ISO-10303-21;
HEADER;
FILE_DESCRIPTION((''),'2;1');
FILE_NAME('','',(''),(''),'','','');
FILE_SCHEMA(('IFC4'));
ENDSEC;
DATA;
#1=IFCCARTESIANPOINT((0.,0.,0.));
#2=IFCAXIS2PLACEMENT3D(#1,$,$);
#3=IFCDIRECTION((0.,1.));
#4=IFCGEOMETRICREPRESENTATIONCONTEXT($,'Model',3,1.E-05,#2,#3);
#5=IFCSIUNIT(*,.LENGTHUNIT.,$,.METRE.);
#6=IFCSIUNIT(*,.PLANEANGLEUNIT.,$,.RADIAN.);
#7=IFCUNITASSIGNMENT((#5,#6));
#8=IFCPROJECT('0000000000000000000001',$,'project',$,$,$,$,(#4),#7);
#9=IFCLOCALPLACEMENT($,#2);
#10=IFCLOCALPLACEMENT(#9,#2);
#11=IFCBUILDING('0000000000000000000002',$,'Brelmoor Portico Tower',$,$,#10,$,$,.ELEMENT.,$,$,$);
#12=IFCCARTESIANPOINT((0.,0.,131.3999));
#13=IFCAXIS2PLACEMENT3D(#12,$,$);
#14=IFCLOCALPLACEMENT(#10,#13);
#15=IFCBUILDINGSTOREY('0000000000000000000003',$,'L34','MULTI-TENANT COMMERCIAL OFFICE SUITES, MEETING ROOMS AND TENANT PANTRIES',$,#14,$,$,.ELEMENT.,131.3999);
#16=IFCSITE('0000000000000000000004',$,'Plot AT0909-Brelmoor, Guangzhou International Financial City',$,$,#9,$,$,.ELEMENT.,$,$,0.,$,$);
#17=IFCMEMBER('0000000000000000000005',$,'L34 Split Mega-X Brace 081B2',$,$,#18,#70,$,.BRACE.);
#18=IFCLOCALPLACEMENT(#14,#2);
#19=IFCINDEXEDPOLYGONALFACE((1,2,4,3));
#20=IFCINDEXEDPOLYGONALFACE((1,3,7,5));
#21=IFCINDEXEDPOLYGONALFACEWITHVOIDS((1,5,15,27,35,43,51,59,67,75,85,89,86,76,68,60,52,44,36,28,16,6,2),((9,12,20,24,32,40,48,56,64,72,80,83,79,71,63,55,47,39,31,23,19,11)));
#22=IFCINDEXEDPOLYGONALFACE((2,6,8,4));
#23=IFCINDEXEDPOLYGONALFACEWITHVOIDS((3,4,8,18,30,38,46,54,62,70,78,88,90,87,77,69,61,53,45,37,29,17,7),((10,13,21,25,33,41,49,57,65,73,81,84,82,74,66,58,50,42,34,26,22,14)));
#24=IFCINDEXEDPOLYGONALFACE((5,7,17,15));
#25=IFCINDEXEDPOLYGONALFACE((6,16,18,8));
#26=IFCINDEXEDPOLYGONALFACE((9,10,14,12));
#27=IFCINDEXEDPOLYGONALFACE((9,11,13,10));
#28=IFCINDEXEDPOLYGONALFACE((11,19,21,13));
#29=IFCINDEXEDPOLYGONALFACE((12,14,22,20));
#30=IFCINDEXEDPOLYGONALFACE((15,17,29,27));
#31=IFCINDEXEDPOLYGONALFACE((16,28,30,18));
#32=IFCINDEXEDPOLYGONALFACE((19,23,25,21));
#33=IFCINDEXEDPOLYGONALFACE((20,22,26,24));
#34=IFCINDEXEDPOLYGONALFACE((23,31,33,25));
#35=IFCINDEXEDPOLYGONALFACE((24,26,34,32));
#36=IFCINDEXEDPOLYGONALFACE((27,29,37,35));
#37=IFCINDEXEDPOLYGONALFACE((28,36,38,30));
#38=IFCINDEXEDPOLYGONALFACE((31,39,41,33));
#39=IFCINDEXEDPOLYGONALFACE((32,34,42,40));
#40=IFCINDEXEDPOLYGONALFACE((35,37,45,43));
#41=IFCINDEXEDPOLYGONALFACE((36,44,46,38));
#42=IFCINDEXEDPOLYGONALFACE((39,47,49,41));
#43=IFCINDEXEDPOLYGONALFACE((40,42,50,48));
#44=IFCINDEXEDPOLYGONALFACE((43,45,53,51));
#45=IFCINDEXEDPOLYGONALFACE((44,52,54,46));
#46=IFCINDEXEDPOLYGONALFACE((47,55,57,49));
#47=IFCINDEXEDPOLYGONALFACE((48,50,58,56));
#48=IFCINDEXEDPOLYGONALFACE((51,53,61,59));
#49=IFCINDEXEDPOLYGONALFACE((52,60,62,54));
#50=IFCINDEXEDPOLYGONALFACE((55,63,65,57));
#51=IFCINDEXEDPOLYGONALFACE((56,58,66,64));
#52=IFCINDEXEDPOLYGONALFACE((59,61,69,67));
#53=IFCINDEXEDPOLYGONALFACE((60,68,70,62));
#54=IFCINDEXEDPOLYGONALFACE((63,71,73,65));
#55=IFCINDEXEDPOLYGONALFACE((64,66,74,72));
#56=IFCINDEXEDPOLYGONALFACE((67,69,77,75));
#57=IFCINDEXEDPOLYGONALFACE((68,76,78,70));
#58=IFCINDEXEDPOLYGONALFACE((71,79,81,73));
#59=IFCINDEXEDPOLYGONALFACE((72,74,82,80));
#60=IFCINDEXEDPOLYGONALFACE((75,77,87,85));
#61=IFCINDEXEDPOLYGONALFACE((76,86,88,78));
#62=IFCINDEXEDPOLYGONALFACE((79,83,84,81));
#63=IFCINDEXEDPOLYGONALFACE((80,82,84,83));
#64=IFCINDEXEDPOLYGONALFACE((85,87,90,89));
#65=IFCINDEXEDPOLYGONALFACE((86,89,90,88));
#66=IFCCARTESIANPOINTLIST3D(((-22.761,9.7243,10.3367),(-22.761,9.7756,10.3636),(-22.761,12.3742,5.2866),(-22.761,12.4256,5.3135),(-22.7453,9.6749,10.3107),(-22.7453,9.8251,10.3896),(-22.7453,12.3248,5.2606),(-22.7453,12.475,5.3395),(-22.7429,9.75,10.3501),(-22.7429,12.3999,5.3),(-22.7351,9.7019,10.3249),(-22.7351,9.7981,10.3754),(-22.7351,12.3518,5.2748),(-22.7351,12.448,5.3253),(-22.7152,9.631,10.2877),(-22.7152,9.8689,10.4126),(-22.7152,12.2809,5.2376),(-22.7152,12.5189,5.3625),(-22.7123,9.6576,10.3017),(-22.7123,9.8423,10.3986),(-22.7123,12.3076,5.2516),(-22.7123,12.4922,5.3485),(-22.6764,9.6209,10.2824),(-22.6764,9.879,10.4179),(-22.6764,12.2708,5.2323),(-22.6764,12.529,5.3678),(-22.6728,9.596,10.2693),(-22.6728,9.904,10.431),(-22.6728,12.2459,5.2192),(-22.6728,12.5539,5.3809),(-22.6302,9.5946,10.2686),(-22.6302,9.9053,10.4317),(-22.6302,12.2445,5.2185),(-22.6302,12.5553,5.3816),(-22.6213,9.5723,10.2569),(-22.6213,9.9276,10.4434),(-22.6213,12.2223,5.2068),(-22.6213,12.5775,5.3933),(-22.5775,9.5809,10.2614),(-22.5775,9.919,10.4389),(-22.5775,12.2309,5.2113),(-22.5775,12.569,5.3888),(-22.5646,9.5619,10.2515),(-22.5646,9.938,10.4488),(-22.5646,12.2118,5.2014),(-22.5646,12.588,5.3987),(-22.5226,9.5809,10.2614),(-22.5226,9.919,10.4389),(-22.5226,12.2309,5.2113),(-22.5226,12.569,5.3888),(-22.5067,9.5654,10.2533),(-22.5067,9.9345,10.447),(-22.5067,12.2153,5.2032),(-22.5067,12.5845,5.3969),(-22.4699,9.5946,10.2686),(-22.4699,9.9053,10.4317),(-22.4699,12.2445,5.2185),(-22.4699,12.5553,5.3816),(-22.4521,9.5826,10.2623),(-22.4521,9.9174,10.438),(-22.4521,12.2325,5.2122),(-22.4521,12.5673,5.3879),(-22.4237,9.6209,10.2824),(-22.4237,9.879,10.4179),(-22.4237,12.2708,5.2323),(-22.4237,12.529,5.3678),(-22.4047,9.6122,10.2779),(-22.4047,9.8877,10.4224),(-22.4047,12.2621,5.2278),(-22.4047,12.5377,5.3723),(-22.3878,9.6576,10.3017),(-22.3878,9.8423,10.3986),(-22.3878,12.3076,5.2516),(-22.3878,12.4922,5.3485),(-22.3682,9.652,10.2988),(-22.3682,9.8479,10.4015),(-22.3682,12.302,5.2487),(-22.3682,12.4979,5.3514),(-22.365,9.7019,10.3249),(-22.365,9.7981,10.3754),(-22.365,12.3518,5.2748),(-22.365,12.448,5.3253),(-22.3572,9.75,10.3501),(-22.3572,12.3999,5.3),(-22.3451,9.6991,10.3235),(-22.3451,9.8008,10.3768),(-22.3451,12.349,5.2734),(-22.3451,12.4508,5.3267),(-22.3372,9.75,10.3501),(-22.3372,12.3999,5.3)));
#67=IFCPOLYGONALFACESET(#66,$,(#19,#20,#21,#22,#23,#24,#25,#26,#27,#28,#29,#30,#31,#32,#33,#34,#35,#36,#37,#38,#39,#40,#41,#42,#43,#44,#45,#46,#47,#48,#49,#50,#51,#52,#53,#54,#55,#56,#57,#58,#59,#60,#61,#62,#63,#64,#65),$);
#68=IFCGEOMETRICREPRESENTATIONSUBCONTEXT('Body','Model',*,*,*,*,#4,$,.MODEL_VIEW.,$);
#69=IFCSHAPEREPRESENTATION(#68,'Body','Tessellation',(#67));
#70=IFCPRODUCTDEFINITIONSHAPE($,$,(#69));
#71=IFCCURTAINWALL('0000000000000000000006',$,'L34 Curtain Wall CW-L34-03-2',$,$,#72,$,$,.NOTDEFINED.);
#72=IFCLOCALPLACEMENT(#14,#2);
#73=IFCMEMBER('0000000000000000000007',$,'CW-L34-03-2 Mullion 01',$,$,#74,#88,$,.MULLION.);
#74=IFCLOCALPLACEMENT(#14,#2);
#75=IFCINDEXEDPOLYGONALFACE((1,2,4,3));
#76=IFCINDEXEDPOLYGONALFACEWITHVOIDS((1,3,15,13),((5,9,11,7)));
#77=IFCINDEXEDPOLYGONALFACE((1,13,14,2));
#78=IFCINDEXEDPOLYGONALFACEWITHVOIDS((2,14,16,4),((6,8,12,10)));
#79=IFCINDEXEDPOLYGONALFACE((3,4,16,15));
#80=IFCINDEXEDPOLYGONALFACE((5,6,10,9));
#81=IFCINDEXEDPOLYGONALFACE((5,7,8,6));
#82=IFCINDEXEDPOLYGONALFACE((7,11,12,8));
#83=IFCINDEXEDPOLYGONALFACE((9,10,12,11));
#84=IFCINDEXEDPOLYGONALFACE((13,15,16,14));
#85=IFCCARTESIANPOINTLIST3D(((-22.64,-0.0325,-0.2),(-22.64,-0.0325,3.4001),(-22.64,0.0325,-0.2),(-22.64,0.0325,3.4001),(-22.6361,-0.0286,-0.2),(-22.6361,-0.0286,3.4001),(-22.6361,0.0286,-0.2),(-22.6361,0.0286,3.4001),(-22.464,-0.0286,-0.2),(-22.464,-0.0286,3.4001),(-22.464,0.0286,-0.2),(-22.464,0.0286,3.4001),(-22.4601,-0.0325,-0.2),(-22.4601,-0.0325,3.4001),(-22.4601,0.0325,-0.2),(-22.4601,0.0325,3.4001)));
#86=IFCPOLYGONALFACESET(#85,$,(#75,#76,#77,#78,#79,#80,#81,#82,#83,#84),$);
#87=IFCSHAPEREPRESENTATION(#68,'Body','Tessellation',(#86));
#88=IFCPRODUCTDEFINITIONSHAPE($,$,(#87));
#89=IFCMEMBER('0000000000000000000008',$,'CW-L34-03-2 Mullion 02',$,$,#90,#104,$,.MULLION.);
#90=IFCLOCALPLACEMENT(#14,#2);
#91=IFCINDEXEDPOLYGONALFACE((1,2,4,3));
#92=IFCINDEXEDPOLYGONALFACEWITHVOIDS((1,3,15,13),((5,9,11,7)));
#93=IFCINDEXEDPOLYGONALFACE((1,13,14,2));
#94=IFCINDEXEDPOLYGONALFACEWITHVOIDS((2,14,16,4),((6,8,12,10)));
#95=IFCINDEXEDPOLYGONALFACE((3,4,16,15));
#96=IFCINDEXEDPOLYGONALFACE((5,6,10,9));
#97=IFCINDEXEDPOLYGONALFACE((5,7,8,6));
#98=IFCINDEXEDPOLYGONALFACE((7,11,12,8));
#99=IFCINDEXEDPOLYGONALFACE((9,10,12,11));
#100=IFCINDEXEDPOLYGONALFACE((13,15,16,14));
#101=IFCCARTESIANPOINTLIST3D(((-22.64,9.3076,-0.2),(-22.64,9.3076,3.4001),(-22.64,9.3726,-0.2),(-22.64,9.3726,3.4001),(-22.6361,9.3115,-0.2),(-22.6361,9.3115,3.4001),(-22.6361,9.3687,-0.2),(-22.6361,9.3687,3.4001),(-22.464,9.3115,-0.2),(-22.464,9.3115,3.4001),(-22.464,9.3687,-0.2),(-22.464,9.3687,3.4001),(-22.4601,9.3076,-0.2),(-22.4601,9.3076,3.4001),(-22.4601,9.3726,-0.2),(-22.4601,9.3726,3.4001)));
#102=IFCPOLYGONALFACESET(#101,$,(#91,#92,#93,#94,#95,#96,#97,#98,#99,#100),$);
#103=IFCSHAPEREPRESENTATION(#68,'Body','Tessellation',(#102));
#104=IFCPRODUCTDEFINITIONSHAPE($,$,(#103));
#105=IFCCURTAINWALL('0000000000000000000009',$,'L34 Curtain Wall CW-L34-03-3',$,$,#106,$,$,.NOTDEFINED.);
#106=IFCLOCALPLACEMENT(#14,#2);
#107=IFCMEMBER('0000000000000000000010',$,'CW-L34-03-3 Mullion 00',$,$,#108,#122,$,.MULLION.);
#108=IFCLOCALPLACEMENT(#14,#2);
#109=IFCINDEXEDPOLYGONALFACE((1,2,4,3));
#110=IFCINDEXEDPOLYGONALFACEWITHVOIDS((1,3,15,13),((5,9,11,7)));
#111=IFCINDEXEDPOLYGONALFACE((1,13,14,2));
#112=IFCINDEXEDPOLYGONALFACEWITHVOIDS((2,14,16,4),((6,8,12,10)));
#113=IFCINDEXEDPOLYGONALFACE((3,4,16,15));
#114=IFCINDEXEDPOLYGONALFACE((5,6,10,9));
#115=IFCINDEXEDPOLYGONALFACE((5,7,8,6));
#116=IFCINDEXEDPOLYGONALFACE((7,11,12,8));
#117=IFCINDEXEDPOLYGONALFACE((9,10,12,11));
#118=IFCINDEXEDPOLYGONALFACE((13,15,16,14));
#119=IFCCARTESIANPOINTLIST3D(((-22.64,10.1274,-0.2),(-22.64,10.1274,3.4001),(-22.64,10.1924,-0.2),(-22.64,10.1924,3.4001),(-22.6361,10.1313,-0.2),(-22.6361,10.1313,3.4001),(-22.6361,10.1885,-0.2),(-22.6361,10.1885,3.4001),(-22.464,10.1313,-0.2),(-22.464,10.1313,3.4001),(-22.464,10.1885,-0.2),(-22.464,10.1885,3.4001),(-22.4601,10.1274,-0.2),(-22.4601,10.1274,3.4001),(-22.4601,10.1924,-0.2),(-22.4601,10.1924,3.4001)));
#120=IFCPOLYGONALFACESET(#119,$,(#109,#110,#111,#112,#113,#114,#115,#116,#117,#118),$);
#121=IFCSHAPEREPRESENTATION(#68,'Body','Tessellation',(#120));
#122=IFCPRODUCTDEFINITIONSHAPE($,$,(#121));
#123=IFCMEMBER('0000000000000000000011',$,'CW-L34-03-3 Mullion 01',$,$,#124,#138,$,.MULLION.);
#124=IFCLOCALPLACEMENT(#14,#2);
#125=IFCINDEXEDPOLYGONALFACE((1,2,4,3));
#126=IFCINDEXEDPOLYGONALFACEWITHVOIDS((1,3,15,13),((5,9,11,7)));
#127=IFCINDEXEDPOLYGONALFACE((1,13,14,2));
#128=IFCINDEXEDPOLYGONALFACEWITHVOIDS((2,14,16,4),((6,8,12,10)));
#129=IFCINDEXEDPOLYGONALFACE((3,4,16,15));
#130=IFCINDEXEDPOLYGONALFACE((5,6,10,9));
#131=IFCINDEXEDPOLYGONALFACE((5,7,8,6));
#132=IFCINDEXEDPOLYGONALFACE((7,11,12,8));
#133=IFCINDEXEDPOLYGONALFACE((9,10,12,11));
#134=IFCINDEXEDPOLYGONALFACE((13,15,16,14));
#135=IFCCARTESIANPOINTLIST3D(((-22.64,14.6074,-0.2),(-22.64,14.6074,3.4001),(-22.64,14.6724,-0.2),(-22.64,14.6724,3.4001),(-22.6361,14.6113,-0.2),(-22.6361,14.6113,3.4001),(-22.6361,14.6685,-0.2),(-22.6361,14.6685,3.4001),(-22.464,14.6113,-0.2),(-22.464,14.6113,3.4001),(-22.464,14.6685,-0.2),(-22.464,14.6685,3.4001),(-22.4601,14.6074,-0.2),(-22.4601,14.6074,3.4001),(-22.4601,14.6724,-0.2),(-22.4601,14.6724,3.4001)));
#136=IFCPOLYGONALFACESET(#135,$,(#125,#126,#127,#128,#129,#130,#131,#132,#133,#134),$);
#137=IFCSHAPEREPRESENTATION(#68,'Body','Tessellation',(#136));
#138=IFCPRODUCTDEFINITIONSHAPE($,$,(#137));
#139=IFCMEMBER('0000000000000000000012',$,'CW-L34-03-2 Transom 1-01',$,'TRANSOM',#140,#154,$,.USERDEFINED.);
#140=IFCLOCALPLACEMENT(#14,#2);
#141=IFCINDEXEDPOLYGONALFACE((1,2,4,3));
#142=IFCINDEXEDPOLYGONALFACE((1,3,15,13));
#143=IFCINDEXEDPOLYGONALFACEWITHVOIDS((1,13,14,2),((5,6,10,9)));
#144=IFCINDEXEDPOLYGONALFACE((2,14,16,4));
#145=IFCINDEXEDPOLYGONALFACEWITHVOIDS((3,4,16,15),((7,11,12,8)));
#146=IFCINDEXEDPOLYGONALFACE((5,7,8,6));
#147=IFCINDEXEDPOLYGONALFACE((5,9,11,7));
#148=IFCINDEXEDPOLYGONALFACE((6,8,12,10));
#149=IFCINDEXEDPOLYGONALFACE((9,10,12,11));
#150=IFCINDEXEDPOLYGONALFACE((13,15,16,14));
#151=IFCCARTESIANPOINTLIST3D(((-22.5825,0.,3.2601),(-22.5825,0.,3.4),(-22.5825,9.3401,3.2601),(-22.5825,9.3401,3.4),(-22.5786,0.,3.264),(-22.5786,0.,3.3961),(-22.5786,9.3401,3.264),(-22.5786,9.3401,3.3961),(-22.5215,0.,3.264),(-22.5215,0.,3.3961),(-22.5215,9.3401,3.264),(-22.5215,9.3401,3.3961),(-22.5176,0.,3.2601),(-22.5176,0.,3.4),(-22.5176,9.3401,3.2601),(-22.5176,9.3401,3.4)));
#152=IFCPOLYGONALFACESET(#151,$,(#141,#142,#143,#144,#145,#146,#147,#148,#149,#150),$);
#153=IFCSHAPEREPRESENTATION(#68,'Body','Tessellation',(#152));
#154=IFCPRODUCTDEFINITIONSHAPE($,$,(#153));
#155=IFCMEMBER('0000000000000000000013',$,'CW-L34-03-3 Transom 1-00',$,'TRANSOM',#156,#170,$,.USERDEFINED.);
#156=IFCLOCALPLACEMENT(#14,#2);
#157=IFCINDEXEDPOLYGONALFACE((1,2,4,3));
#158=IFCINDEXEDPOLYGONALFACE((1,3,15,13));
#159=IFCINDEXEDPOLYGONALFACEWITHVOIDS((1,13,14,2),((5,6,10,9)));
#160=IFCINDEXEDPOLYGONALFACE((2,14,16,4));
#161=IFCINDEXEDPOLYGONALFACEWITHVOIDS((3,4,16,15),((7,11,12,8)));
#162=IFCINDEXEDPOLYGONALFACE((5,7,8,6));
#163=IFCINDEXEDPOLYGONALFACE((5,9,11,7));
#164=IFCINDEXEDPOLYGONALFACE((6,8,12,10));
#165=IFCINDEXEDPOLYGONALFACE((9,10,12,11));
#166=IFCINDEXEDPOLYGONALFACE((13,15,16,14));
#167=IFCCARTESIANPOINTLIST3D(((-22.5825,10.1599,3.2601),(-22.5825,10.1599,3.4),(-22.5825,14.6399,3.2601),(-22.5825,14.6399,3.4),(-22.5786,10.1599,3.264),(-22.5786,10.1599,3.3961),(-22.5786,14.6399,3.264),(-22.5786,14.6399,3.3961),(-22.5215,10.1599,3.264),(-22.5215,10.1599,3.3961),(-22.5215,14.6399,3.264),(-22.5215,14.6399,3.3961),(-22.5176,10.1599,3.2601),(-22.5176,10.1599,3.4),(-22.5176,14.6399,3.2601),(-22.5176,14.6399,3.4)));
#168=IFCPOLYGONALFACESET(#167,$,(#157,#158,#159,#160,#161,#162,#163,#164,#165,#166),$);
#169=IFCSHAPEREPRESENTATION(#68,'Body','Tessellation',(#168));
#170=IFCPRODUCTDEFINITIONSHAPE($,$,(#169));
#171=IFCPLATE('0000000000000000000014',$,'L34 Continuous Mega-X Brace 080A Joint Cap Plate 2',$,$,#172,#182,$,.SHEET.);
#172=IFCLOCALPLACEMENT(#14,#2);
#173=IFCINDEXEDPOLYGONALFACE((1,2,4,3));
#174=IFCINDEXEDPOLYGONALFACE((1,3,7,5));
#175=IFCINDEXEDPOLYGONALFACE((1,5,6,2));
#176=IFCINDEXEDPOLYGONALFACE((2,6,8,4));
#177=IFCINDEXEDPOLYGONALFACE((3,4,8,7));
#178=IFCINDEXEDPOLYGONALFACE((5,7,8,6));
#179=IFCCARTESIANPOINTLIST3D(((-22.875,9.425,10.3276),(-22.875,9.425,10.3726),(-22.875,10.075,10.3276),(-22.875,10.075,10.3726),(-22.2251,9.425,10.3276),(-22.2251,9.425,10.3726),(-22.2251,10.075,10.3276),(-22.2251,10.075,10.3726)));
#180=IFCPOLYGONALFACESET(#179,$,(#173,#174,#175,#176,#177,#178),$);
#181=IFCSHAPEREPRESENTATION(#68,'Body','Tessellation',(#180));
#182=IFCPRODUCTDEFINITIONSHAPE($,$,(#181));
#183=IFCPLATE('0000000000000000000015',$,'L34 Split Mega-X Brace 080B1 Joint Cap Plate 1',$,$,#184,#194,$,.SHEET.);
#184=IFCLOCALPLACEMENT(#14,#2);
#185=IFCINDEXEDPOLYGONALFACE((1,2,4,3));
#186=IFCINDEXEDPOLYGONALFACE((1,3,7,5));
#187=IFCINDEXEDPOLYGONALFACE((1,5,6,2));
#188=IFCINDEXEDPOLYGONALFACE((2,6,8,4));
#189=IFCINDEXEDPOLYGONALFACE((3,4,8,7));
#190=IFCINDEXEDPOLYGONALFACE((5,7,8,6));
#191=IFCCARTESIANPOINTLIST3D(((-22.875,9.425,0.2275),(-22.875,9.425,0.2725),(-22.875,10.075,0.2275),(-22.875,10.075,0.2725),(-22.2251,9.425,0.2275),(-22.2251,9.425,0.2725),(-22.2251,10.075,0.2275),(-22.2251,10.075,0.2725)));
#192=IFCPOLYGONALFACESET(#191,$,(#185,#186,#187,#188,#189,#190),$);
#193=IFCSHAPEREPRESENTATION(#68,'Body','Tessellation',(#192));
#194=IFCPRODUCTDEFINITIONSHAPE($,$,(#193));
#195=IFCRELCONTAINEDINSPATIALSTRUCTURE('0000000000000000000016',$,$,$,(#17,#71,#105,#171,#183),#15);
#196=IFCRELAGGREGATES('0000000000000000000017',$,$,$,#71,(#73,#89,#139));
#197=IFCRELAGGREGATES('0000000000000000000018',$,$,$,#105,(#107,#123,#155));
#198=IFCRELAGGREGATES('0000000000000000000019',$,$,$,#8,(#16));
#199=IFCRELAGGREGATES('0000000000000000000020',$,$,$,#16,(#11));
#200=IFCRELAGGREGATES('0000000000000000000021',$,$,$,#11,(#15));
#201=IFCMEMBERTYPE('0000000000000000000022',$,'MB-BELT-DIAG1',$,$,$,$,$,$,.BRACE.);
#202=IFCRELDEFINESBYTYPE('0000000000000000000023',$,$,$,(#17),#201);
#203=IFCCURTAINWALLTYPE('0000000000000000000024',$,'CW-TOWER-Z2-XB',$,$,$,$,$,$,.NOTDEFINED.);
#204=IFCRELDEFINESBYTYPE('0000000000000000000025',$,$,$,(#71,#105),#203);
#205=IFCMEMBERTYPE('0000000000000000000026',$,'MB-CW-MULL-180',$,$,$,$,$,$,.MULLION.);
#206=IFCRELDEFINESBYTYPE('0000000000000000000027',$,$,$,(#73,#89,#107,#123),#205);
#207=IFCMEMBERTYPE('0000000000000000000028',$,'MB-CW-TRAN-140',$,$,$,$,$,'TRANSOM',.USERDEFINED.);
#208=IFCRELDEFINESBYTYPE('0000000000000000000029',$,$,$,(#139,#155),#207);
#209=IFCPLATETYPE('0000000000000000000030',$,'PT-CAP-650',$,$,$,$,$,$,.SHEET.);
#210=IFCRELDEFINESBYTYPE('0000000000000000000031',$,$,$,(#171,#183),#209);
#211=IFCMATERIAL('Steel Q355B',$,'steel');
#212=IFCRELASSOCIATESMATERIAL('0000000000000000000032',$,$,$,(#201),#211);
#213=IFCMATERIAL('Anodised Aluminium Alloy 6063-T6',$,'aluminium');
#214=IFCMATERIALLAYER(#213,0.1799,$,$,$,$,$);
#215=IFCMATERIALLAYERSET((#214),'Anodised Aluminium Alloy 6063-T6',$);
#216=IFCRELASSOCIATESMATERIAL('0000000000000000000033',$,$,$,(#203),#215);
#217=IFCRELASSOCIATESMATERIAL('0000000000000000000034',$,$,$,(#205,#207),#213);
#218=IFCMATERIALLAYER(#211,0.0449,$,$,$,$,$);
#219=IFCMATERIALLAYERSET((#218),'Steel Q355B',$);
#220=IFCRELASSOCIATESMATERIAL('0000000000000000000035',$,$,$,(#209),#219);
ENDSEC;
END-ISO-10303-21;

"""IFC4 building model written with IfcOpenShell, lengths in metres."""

from ifc_helpers import new_model, si_unit, direction, frame, origin, origin_2d, place, context, subcontext, project, spatial, rectangle, hollow_rectangle, hollow_circle, extrude, material, layer, layer_set, material_profile, profile_set, type_object, element, aggregate, save


model = new_model("IFC4")

# Units and contexts
model_context = context("Model", 3, precision=1e-05, world=origin(), true_north=direction((0.0, 1.0)))
body_context = subcontext(model_context, "Body", "Model", "MODEL_VIEW")
ifc_project = project(units=[si_unit("LENGTHUNIT", "METRE"), si_unit("PLANEANGLEUNIT", "RADIAN")], contexts=[model_context])

# Site, building, storey
site_placement = place(None, origin())
site = spatial("IfcSite", under=ifc_project, at=site_placement, Name="Plot AT0909-Brelmoor, Guangzhou International Financial City", CompositionType="ELEMENT", RefElevation=0.0)
building_placement = place(site_placement, origin())
building = spatial("IfcBuilding", under=site, at=building_placement, Name="Brelmoor Portico Tower", CompositionType="ELEMENT")
storey_placement = place(building_placement, frame((0.0, 0.0, 131.3999)))
storey = spatial("IfcBuildingStorey", under=building, at=storey_placement, Name="L34", Description="MULTI-TENANT COMMERCIAL OFFICE SUITES, MEETING ROOMS AND TENANT PANTRIES", CompositionType="ELEMENT", Elevation=131.3999)

# Shared definitions
ifc_material_1 = material(Name="Steel Q355B", Category="steel")

# Member
ifc_material_profile_1 = material_profile(ifc_material_1, hollow_circle(Radius=0.2129, WallThickness=0.02, at=origin_2d()), Name="CHS 426x20")
ifc_profile_set_1 = profile_set([ifc_material_profile_1], Name="Steel Q355B")
member_type_1 = type_object("IfcMemberType", Name="MB-BELT-DIAG1", PredefinedType="BRACE", material=ifc_profile_set_1)
member_1_placement = place(storey_placement, frame((-22.55, 12.3999, 5.3), z_axis=(0.0, -0.464645, 0.885497), x_axis=(1.0, 0.0, 0.0)))
element("IfcMember", 1, at=member_1_placement, inside=storey, type_object=member_type_1, Name="L34 Split Mega-X Brace 081B2", PredefinedType="BRACE", context=body_context, shape_type="SweptSolid", body=[
    extrude(hollow_circle(Radius=0.2129, WallThickness=0.02, at=origin_2d()), origin(), (0.0, 0.0, 1.0), 5.7031),
])

# Curtain walls, members
ifc_material_2 = material(Name="Anodised Aluminium Alloy 6063-T6", Category="aluminium")
ifc_layer_1 = layer(ifc_material_2, 0.1799)
ifc_layer_set_1 = layer_set([ifc_layer_1], Name="Anodised Aluminium Alloy 6063-T6")
curtain_wall_type = type_object("IfcCurtainWallType", Name="CW-TOWER-Z2-XB", PredefinedType="NOTDEFINED", material=ifc_layer_set_1)
curtain_wall_1_placement = place(storey_placement, origin())
curtain_wall_1 = element("IfcCurtainWall", 2, at=curtain_wall_1_placement, inside=storey, type_object=curtain_wall_type, Name="L34 Curtain Wall CW-L34-03-2", PredefinedType="NOTDEFINED")
ifc_material_profile_2 = material_profile(ifc_material_2, hollow_rectangle(XDim=0.0649, YDim=0.1799, WallThickness=0.0039, at=origin_2d()), Name="ALU MULLION 65x180")
ifc_profile_set_2 = profile_set([ifc_material_profile_2], Name="Anodised Aluminium Alloy 6063-T6")
member_type_2 = type_object("IfcMemberType", Name="MB-CW-MULL-180", PredefinedType="MULLION", material=ifc_profile_set_2)
member_2_placement = place(storey_placement, frame((-22.55, 0.0, -0.2), z_axis=(0.0, 0.0, 1.0), x_axis=(0.0, 1.0, 0.0)))
member_2 = element("IfcMember", 3, at=member_2_placement, type_object=member_type_2, Name="CW-L34-03-2 Mullion 01", PredefinedType="MULLION", context=body_context, shape_type="SweptSolid", body=[
    extrude(hollow_rectangle(XDim=0.0649, YDim=0.1799, WallThickness=0.0039, at=origin_2d()), origin(), (0.0, 0.0, 1.0), 3.6001),
])
member_3_placement = place(storey_placement, frame((-22.55, 9.3401, -0.2), z_axis=(0.0, 0.0, 1.0), x_axis=(0.0, 1.0, 0.0)))
member_3 = element("IfcMember", 4, at=member_3_placement, type_object=member_type_2, Name="CW-L34-03-2 Mullion 02", PredefinedType="MULLION", context=body_context, shape_type="SweptSolid", body=[
    extrude(hollow_rectangle(XDim=0.0649, YDim=0.1799, WallThickness=0.0039, at=origin_2d()), origin(), (0.0, 0.0, 1.0), 3.6001),
])
curtain_wall_2_placement = place(storey_placement, origin())
curtain_wall_2 = element("IfcCurtainWall", 5, at=curtain_wall_2_placement, inside=storey, type_object=curtain_wall_type, Name="L34 Curtain Wall CW-L34-03-3", PredefinedType="NOTDEFINED")
member_4_placement = place(storey_placement, frame((-22.55, 10.1599, -0.2), z_axis=(0.0, 0.0, 1.0), x_axis=(0.0, 1.0, 0.0)))
member_4 = element("IfcMember", 6, at=member_4_placement, type_object=member_type_2, Name="CW-L34-03-3 Mullion 00", PredefinedType="MULLION", context=body_context, shape_type="SweptSolid", body=[
    extrude(hollow_rectangle(XDim=0.0649, YDim=0.1799, WallThickness=0.0039, at=origin_2d()), origin(), (0.0, 0.0, 1.0), 3.6001),
])
member_5_placement = place(storey_placement, frame((-22.55, 14.6399, -0.2), z_axis=(0.0, 0.0, 1.0), x_axis=(0.0, 1.0, 0.0)))
member_5 = element("IfcMember", 7, at=member_5_placement, type_object=member_type_2, Name="CW-L34-03-3 Mullion 01", PredefinedType="MULLION", context=body_context, shape_type="SweptSolid", body=[
    extrude(hollow_rectangle(XDim=0.0649, YDim=0.1799, WallThickness=0.0039, at=origin_2d()), origin(), (0.0, 0.0, 1.0), 3.6001),
])

# Members
ifc_material_profile_3 = material_profile(ifc_material_2, hollow_rectangle(XDim=0.0649, YDim=0.1399, WallThickness=0.0039, at=origin_2d()), Name="ALU TRANSOM 65x140")
ifc_profile_set_3 = profile_set([ifc_material_profile_3], Name="Anodised Aluminium Alloy 6063-T6")
member_type_3 = type_object("IfcMemberType", Name="MB-CW-TRAN-140", ElementType="TRANSOM", PredefinedType="USERDEFINED", material=ifc_profile_set_3)
member_6_placement = place(storey_placement, frame((-22.55, 0.0, 3.3301), z_axis=(0.0, 1.0, 0.0), x_axis=(-1.0, 0.0, 0.0)))
member_6 = element("IfcMember", 8, at=member_6_placement, type_object=member_type_3, Name="CW-L34-03-2 Transom 1-01", ObjectType="TRANSOM", PredefinedType="USERDEFINED", context=body_context, shape_type="SweptSolid", body=[
    extrude(hollow_rectangle(XDim=0.0649, YDim=0.1399, WallThickness=0.0039, at=origin_2d()), origin(), (0.0, 0.0, 1.0), 9.3401),
])
member_7_placement = place(storey_placement, frame((-22.55, 10.1599, 3.3301), z_axis=(0.0, 1.0, 0.0), x_axis=(-1.0, 0.0, 0.0)))
member_7 = element("IfcMember", 9, at=member_7_placement, type_object=member_type_3, Name="CW-L34-03-3 Transom 1-00", ObjectType="TRANSOM", PredefinedType="USERDEFINED", context=body_context, shape_type="SweptSolid", body=[
    extrude(hollow_rectangle(XDim=0.0649, YDim=0.1399, WallThickness=0.0039, at=origin_2d()), origin(), (0.0, 0.0, 1.0), 4.48),
])

# Plates
ifc_layer_2 = layer(ifc_material_1, 0.0449)
ifc_layer_set_2 = layer_set([ifc_layer_2], Name="Steel Q355B")
plate_type_1 = type_object("IfcPlateType", Name="PT-CAP-650", PredefinedType="SHEET", material=ifc_layer_set_2)
for number, where, z_axis, x_axis, name in (
    (10, (-22.55, 9.75, 10.3276), (0.0, 0.0, 1.0), (1.0, 0.0, 0.0), "L34 Continuous Mega-X Brace 080A Joint Cap Plate 2"),
    (11, (-22.55, 9.75, 0.2275), (0.0, 0.0, 1.0), (1.0, 0.0, 0.0), "L34 Split Mega-X Brace 080B1 Joint Cap Plate 1"),
):
    element("IfcPlate", number, at=place(storey_placement, frame(where, z_axis=z_axis, x_axis=x_axis)), inside=storey, type_object=plate_type_1, Name=name, PredefinedType="SHEET", context=body_context, shape_type="SweptSolid", body=[
        extrude(rectangle(XDim=0.6499, YDim=0.6499, at=origin_2d()), origin(), (0.0, 0.0, 1.0), 0.0449),
    ])

aggregate(curtain_wall_1, [member_2, member_3, member_6])
aggregate(curtain_wall_2, [member_4, member_5, member_7])

save(model, "model.ifc")
